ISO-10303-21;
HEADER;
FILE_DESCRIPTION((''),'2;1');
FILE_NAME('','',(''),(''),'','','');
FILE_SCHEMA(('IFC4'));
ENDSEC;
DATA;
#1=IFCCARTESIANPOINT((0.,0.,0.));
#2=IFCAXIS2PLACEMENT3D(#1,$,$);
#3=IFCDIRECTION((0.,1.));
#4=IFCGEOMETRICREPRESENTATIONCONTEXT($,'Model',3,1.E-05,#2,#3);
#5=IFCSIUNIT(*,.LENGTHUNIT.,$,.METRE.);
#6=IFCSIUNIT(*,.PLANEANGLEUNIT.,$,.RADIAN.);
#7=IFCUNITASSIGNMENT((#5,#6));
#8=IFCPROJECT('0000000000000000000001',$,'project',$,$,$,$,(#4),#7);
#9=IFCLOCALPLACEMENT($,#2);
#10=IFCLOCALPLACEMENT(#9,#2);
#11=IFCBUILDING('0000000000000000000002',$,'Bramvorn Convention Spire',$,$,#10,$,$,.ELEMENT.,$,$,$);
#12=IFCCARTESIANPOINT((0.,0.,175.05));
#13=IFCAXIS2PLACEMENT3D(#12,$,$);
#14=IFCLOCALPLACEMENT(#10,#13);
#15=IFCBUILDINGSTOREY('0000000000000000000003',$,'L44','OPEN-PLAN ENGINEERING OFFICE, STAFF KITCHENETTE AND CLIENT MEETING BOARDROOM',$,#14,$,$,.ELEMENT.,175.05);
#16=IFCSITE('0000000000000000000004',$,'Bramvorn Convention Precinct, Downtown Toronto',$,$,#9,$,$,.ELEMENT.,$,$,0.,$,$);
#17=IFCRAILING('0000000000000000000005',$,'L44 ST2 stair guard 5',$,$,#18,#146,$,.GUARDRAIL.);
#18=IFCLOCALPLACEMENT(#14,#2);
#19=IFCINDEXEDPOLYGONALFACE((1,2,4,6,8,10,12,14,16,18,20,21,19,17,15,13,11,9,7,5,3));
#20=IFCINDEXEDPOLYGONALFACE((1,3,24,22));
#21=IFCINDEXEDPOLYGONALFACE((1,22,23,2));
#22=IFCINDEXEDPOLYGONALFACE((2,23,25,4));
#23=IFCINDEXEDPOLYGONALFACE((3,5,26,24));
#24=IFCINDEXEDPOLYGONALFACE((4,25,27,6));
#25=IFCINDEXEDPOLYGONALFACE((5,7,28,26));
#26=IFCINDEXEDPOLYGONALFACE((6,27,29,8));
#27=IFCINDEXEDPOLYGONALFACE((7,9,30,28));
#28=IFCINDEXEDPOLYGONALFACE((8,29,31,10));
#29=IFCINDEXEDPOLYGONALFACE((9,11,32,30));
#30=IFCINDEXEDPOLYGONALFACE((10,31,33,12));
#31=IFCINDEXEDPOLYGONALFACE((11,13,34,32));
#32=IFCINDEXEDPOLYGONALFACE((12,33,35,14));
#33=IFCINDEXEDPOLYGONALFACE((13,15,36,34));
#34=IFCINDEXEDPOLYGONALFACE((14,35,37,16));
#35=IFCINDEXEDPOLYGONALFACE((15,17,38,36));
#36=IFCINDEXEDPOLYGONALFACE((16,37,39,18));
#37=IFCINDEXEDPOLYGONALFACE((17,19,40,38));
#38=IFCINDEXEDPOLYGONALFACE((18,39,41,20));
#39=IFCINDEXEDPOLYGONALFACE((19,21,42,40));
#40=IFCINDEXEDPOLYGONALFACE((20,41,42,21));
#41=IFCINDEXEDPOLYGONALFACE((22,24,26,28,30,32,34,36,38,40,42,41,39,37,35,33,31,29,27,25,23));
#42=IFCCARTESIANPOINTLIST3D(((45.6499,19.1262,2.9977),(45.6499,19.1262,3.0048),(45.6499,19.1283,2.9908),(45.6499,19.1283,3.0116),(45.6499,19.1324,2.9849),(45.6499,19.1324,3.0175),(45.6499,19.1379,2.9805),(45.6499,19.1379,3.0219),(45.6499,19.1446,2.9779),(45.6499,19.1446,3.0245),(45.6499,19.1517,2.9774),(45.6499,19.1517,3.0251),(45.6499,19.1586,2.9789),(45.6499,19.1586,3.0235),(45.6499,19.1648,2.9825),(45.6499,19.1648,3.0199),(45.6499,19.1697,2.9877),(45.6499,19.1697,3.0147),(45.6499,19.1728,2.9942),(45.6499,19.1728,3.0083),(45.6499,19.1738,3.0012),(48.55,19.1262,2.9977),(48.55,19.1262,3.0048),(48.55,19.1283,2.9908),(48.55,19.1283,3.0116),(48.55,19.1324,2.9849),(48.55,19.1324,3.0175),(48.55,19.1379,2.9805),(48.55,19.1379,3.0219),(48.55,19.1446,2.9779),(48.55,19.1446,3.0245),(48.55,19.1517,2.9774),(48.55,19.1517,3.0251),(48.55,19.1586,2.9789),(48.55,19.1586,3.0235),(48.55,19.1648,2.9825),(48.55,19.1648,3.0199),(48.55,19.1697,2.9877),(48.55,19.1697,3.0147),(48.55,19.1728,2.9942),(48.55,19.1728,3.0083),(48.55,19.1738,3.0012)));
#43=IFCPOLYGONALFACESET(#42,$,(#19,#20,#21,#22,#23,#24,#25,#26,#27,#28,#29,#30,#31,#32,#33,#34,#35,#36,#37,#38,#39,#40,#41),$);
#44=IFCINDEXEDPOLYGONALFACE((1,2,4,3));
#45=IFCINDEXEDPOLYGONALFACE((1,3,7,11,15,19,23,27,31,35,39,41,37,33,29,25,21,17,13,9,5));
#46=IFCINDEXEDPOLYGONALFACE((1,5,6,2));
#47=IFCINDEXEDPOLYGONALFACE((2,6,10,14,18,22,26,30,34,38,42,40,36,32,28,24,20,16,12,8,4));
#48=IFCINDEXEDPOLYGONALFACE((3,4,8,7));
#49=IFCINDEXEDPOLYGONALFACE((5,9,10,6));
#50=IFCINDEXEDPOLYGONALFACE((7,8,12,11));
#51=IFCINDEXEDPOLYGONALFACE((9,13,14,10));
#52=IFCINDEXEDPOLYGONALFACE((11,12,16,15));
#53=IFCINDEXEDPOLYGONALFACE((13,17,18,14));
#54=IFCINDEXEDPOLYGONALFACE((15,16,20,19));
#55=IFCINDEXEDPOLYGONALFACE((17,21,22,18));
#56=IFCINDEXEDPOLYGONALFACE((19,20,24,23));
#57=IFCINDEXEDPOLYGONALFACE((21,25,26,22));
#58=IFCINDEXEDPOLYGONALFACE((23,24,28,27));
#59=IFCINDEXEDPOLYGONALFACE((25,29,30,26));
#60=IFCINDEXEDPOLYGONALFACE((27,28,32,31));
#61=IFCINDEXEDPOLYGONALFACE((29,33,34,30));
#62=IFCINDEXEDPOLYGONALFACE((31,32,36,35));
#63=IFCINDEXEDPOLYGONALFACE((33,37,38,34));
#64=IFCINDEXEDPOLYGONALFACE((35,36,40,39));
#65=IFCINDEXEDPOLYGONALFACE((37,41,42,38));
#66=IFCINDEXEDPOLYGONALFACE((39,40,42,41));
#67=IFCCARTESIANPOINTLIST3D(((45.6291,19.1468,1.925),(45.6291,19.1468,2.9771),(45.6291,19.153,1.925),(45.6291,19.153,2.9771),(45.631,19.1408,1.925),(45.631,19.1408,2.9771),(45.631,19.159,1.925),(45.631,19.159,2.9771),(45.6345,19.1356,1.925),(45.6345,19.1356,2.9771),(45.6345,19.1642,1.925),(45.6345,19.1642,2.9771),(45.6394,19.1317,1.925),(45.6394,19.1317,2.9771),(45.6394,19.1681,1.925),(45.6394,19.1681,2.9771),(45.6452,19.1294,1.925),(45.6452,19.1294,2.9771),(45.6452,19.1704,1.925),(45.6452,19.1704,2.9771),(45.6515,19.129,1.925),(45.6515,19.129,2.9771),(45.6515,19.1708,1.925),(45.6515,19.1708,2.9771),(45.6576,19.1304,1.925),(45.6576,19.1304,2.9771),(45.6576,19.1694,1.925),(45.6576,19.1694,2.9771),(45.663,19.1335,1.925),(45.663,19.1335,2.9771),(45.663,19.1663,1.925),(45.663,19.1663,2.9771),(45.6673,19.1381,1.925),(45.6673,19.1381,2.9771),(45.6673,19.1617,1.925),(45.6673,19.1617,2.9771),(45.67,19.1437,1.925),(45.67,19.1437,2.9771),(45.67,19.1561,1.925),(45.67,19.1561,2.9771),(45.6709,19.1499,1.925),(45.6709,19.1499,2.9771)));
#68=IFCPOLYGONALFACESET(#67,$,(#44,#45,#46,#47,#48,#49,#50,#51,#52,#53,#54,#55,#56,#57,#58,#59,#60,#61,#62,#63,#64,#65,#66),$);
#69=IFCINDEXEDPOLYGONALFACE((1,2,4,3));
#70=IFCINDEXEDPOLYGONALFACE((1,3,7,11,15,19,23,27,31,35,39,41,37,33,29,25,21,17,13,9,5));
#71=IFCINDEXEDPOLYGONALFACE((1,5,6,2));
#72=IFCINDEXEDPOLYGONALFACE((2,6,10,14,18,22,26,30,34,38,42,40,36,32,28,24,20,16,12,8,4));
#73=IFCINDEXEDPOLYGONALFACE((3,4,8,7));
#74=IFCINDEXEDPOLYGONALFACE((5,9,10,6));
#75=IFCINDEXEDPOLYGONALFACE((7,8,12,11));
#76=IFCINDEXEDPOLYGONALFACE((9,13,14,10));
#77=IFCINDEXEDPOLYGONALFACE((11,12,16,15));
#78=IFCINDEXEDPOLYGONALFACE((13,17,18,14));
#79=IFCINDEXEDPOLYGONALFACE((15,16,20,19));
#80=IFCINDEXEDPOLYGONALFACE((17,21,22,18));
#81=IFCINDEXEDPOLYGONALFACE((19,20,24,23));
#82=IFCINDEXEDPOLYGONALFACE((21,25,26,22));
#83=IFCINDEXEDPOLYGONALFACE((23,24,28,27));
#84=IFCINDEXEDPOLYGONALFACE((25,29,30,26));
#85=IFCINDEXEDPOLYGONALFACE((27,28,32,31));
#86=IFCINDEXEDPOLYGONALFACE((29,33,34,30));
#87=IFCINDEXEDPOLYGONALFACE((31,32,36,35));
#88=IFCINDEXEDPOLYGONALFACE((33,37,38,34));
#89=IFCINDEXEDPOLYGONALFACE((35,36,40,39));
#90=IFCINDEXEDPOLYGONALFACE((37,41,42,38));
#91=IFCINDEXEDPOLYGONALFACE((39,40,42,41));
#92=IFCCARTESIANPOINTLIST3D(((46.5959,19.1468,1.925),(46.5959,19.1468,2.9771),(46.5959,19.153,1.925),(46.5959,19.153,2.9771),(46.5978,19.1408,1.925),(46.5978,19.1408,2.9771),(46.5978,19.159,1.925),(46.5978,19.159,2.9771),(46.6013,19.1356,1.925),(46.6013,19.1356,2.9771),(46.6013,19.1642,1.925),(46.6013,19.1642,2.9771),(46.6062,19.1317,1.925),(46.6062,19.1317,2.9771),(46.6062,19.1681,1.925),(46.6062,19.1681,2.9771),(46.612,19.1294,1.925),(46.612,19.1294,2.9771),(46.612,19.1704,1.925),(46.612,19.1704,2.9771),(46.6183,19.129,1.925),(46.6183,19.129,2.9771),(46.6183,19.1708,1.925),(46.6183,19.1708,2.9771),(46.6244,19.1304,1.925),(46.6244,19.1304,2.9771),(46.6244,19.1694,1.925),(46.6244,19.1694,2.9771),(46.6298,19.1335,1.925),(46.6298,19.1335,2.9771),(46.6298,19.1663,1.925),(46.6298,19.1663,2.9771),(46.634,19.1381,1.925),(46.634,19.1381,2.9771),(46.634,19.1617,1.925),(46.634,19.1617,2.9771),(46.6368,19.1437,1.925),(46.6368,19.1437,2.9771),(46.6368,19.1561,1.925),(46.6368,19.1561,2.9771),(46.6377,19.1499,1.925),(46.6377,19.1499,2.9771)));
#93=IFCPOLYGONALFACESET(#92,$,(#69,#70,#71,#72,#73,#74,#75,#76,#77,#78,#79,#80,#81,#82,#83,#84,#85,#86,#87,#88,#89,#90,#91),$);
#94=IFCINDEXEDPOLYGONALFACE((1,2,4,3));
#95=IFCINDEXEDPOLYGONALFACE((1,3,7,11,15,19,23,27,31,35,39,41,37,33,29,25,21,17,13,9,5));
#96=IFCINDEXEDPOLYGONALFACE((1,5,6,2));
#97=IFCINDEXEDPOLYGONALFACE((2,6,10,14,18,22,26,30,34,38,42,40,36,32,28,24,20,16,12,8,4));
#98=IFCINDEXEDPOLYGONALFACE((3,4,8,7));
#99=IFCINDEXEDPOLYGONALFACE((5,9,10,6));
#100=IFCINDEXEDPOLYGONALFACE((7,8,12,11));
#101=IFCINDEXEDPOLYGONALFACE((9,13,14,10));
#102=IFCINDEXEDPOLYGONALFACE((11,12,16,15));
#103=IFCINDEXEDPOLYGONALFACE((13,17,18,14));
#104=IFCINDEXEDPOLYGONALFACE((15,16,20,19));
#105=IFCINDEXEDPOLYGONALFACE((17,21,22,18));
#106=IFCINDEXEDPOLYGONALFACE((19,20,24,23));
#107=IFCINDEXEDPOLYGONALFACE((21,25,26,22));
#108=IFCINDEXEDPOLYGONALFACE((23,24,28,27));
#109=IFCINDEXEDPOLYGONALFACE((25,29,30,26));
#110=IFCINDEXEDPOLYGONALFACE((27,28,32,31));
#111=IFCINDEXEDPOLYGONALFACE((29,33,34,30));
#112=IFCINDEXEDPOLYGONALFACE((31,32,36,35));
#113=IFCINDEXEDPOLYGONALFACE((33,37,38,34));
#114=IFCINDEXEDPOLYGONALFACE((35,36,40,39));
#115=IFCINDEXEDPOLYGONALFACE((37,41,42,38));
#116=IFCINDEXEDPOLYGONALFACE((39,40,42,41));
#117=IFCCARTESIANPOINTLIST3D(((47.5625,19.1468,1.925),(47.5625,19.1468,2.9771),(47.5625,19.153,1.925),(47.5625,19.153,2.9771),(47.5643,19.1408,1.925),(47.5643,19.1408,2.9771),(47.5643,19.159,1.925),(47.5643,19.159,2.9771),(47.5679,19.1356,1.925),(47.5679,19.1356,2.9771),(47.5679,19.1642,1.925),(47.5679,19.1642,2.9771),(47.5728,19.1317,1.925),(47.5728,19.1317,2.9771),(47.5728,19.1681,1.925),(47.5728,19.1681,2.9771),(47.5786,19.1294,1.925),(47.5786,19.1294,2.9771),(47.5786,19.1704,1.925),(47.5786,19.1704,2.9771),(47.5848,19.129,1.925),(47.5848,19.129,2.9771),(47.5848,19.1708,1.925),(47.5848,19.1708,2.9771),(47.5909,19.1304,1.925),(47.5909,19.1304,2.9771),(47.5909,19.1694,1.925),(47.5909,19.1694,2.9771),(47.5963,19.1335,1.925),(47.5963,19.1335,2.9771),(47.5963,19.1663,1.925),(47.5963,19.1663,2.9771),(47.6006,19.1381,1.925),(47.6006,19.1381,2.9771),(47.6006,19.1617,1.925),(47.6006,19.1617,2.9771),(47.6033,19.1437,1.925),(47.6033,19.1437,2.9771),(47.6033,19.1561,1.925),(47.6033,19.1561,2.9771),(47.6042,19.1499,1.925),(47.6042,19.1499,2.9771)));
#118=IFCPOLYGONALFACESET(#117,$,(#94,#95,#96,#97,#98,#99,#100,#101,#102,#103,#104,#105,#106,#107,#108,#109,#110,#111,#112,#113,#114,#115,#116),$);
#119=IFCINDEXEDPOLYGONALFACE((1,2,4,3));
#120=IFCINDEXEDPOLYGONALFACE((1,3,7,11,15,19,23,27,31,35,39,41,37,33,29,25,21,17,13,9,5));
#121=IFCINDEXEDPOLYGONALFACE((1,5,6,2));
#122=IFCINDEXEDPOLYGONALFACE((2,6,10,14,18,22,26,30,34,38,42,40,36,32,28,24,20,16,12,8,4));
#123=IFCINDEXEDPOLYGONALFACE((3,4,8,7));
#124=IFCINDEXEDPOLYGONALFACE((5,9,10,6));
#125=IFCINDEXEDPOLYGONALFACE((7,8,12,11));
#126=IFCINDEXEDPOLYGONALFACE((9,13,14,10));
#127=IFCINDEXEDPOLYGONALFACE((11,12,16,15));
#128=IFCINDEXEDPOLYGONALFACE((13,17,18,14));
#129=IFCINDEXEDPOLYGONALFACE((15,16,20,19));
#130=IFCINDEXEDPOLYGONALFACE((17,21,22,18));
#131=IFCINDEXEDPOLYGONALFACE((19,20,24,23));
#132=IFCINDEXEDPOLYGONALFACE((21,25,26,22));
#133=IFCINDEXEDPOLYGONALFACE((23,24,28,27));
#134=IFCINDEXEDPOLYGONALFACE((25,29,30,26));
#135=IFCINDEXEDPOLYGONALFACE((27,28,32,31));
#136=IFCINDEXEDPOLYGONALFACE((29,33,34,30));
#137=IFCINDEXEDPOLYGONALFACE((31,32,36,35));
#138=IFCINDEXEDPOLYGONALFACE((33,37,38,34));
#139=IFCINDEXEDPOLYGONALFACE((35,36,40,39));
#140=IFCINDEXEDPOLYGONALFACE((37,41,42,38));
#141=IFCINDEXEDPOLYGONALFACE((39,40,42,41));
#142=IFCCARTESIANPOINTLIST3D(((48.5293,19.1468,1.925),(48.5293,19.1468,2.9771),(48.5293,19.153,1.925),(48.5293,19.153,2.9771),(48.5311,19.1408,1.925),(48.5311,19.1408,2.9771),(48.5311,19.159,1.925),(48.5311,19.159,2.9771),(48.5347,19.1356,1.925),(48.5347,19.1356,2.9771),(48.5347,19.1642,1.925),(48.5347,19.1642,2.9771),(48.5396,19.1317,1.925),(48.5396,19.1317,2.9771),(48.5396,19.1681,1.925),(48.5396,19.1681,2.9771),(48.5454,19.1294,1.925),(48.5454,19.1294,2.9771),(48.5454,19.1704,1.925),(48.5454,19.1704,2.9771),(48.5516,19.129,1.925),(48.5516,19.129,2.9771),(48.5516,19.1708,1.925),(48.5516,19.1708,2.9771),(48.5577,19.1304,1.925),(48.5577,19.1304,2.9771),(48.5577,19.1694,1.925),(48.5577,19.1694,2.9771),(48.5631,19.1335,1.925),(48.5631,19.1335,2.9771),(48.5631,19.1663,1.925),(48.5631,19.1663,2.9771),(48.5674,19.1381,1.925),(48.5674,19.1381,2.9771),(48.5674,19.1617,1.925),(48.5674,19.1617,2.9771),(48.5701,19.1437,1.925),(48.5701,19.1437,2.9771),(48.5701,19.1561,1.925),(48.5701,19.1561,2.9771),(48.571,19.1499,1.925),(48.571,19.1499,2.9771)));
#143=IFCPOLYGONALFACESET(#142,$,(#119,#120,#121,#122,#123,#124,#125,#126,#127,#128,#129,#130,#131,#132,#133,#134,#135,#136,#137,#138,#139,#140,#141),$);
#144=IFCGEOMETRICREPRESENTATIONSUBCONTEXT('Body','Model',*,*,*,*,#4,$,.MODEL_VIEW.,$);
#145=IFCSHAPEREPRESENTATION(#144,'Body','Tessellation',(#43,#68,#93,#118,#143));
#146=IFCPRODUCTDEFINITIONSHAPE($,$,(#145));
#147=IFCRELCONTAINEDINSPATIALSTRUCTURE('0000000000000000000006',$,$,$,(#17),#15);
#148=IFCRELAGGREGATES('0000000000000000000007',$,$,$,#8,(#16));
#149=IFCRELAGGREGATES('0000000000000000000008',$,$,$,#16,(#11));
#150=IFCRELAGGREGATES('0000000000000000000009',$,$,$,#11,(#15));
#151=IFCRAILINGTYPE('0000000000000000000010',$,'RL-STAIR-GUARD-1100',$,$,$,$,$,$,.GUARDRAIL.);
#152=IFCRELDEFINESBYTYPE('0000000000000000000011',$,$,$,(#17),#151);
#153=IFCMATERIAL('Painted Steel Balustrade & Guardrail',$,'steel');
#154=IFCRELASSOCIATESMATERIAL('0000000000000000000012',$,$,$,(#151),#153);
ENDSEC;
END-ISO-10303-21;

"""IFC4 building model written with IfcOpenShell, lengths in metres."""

from ifc_helpers import new_model, si_unit, direction, frame, origin, origin_2d, place, context, subcontext, project, spatial, circle, extrude, material, type_object, element, save


model = new_model("IFC4")

# Units and contexts
model_context = context("Model", 3, precision=1e-05, world=origin(), true_north=direction((0.0, 1.0)))
body_context = subcontext(model_context, "Body", "Model", "MODEL_VIEW")
ifc_project = project(units=[si_unit("LENGTHUNIT", "METRE"), si_unit("PLANEANGLEUNIT", "RADIAN")], contexts=[model_context])

# Site, building, storey
site_placement = place(None, origin())
site = spatial("IfcSite", under=ifc_project, at=site_placement, Name="Bramvorn Convention Precinct, Downtown Toronto", CompositionType="ELEMENT", RefElevation=0.0)
building_placement = place(site_placement, origin())
building = spatial("IfcBuilding", under=site, at=building_placement, Name="Bramvorn Convention Spire", CompositionType="ELEMENT")
storey_placement = place(building_placement, frame((0.0, 0.0, 175.05)))
storey = spatial("IfcBuildingStorey", under=building, at=storey_placement, Name="L44", Description="OPEN-PLAN ENGINEERING OFFICE, STAFF KITCHENETTE AND CLIENT MEETING BOARDROOM", CompositionType="ELEMENT", Elevation=175.05)

# Railing
ifc_material_1 = material(Name="Painted Steel Balustrade & Guardrail", Category="steel")
railing_type = type_object("IfcRailingType", Name="RL-STAIR-GUARD-1100", PredefinedType="GUARDRAIL", material=ifc_material_1)
railing_1_placement = place(storey_placement, frame((45.6499, 19.1499, 1.925)))
element("IfcRailing", 1, at=railing_1_placement, inside=storey, type_object=railing_type, Name="L44 ST2 stair guard 5", PredefinedType="GUARDRAIL", context=body_context, shape_type="SweptSolid", body=[
    extrude(circle(Radius=0.0239, at=origin_2d()), frame((0.0, 0.0, 1.0762), z_axis=(1.0, 0.0, 0.0), x_axis=(0.0, 1.0, 0.0)), (0.0, 0.0, 1.0), 2.9001),
    extrude(circle(Radius=0.021, at=origin_2d()), origin(), (0.0, 0.0, 1.0), 1.052),
    extrude(circle(Radius=0.021, at=origin_2d()), frame((0.9668, 0.0, 0.0)), (0.0, 0.0, 1.0), 1.052),
    extrude(circle(Radius=0.021, at=origin_2d()), frame((1.9333, 0.0, 0.0)), (0.0, 0.0, 1.0), 1.052),
    extrude(circle(Radius=0.021, at=origin_2d()), frame((2.9001, 0.0, 0.0)), (0.0, 0.0, 1.0), 1.052),
])

save(model, "model.ifc")
